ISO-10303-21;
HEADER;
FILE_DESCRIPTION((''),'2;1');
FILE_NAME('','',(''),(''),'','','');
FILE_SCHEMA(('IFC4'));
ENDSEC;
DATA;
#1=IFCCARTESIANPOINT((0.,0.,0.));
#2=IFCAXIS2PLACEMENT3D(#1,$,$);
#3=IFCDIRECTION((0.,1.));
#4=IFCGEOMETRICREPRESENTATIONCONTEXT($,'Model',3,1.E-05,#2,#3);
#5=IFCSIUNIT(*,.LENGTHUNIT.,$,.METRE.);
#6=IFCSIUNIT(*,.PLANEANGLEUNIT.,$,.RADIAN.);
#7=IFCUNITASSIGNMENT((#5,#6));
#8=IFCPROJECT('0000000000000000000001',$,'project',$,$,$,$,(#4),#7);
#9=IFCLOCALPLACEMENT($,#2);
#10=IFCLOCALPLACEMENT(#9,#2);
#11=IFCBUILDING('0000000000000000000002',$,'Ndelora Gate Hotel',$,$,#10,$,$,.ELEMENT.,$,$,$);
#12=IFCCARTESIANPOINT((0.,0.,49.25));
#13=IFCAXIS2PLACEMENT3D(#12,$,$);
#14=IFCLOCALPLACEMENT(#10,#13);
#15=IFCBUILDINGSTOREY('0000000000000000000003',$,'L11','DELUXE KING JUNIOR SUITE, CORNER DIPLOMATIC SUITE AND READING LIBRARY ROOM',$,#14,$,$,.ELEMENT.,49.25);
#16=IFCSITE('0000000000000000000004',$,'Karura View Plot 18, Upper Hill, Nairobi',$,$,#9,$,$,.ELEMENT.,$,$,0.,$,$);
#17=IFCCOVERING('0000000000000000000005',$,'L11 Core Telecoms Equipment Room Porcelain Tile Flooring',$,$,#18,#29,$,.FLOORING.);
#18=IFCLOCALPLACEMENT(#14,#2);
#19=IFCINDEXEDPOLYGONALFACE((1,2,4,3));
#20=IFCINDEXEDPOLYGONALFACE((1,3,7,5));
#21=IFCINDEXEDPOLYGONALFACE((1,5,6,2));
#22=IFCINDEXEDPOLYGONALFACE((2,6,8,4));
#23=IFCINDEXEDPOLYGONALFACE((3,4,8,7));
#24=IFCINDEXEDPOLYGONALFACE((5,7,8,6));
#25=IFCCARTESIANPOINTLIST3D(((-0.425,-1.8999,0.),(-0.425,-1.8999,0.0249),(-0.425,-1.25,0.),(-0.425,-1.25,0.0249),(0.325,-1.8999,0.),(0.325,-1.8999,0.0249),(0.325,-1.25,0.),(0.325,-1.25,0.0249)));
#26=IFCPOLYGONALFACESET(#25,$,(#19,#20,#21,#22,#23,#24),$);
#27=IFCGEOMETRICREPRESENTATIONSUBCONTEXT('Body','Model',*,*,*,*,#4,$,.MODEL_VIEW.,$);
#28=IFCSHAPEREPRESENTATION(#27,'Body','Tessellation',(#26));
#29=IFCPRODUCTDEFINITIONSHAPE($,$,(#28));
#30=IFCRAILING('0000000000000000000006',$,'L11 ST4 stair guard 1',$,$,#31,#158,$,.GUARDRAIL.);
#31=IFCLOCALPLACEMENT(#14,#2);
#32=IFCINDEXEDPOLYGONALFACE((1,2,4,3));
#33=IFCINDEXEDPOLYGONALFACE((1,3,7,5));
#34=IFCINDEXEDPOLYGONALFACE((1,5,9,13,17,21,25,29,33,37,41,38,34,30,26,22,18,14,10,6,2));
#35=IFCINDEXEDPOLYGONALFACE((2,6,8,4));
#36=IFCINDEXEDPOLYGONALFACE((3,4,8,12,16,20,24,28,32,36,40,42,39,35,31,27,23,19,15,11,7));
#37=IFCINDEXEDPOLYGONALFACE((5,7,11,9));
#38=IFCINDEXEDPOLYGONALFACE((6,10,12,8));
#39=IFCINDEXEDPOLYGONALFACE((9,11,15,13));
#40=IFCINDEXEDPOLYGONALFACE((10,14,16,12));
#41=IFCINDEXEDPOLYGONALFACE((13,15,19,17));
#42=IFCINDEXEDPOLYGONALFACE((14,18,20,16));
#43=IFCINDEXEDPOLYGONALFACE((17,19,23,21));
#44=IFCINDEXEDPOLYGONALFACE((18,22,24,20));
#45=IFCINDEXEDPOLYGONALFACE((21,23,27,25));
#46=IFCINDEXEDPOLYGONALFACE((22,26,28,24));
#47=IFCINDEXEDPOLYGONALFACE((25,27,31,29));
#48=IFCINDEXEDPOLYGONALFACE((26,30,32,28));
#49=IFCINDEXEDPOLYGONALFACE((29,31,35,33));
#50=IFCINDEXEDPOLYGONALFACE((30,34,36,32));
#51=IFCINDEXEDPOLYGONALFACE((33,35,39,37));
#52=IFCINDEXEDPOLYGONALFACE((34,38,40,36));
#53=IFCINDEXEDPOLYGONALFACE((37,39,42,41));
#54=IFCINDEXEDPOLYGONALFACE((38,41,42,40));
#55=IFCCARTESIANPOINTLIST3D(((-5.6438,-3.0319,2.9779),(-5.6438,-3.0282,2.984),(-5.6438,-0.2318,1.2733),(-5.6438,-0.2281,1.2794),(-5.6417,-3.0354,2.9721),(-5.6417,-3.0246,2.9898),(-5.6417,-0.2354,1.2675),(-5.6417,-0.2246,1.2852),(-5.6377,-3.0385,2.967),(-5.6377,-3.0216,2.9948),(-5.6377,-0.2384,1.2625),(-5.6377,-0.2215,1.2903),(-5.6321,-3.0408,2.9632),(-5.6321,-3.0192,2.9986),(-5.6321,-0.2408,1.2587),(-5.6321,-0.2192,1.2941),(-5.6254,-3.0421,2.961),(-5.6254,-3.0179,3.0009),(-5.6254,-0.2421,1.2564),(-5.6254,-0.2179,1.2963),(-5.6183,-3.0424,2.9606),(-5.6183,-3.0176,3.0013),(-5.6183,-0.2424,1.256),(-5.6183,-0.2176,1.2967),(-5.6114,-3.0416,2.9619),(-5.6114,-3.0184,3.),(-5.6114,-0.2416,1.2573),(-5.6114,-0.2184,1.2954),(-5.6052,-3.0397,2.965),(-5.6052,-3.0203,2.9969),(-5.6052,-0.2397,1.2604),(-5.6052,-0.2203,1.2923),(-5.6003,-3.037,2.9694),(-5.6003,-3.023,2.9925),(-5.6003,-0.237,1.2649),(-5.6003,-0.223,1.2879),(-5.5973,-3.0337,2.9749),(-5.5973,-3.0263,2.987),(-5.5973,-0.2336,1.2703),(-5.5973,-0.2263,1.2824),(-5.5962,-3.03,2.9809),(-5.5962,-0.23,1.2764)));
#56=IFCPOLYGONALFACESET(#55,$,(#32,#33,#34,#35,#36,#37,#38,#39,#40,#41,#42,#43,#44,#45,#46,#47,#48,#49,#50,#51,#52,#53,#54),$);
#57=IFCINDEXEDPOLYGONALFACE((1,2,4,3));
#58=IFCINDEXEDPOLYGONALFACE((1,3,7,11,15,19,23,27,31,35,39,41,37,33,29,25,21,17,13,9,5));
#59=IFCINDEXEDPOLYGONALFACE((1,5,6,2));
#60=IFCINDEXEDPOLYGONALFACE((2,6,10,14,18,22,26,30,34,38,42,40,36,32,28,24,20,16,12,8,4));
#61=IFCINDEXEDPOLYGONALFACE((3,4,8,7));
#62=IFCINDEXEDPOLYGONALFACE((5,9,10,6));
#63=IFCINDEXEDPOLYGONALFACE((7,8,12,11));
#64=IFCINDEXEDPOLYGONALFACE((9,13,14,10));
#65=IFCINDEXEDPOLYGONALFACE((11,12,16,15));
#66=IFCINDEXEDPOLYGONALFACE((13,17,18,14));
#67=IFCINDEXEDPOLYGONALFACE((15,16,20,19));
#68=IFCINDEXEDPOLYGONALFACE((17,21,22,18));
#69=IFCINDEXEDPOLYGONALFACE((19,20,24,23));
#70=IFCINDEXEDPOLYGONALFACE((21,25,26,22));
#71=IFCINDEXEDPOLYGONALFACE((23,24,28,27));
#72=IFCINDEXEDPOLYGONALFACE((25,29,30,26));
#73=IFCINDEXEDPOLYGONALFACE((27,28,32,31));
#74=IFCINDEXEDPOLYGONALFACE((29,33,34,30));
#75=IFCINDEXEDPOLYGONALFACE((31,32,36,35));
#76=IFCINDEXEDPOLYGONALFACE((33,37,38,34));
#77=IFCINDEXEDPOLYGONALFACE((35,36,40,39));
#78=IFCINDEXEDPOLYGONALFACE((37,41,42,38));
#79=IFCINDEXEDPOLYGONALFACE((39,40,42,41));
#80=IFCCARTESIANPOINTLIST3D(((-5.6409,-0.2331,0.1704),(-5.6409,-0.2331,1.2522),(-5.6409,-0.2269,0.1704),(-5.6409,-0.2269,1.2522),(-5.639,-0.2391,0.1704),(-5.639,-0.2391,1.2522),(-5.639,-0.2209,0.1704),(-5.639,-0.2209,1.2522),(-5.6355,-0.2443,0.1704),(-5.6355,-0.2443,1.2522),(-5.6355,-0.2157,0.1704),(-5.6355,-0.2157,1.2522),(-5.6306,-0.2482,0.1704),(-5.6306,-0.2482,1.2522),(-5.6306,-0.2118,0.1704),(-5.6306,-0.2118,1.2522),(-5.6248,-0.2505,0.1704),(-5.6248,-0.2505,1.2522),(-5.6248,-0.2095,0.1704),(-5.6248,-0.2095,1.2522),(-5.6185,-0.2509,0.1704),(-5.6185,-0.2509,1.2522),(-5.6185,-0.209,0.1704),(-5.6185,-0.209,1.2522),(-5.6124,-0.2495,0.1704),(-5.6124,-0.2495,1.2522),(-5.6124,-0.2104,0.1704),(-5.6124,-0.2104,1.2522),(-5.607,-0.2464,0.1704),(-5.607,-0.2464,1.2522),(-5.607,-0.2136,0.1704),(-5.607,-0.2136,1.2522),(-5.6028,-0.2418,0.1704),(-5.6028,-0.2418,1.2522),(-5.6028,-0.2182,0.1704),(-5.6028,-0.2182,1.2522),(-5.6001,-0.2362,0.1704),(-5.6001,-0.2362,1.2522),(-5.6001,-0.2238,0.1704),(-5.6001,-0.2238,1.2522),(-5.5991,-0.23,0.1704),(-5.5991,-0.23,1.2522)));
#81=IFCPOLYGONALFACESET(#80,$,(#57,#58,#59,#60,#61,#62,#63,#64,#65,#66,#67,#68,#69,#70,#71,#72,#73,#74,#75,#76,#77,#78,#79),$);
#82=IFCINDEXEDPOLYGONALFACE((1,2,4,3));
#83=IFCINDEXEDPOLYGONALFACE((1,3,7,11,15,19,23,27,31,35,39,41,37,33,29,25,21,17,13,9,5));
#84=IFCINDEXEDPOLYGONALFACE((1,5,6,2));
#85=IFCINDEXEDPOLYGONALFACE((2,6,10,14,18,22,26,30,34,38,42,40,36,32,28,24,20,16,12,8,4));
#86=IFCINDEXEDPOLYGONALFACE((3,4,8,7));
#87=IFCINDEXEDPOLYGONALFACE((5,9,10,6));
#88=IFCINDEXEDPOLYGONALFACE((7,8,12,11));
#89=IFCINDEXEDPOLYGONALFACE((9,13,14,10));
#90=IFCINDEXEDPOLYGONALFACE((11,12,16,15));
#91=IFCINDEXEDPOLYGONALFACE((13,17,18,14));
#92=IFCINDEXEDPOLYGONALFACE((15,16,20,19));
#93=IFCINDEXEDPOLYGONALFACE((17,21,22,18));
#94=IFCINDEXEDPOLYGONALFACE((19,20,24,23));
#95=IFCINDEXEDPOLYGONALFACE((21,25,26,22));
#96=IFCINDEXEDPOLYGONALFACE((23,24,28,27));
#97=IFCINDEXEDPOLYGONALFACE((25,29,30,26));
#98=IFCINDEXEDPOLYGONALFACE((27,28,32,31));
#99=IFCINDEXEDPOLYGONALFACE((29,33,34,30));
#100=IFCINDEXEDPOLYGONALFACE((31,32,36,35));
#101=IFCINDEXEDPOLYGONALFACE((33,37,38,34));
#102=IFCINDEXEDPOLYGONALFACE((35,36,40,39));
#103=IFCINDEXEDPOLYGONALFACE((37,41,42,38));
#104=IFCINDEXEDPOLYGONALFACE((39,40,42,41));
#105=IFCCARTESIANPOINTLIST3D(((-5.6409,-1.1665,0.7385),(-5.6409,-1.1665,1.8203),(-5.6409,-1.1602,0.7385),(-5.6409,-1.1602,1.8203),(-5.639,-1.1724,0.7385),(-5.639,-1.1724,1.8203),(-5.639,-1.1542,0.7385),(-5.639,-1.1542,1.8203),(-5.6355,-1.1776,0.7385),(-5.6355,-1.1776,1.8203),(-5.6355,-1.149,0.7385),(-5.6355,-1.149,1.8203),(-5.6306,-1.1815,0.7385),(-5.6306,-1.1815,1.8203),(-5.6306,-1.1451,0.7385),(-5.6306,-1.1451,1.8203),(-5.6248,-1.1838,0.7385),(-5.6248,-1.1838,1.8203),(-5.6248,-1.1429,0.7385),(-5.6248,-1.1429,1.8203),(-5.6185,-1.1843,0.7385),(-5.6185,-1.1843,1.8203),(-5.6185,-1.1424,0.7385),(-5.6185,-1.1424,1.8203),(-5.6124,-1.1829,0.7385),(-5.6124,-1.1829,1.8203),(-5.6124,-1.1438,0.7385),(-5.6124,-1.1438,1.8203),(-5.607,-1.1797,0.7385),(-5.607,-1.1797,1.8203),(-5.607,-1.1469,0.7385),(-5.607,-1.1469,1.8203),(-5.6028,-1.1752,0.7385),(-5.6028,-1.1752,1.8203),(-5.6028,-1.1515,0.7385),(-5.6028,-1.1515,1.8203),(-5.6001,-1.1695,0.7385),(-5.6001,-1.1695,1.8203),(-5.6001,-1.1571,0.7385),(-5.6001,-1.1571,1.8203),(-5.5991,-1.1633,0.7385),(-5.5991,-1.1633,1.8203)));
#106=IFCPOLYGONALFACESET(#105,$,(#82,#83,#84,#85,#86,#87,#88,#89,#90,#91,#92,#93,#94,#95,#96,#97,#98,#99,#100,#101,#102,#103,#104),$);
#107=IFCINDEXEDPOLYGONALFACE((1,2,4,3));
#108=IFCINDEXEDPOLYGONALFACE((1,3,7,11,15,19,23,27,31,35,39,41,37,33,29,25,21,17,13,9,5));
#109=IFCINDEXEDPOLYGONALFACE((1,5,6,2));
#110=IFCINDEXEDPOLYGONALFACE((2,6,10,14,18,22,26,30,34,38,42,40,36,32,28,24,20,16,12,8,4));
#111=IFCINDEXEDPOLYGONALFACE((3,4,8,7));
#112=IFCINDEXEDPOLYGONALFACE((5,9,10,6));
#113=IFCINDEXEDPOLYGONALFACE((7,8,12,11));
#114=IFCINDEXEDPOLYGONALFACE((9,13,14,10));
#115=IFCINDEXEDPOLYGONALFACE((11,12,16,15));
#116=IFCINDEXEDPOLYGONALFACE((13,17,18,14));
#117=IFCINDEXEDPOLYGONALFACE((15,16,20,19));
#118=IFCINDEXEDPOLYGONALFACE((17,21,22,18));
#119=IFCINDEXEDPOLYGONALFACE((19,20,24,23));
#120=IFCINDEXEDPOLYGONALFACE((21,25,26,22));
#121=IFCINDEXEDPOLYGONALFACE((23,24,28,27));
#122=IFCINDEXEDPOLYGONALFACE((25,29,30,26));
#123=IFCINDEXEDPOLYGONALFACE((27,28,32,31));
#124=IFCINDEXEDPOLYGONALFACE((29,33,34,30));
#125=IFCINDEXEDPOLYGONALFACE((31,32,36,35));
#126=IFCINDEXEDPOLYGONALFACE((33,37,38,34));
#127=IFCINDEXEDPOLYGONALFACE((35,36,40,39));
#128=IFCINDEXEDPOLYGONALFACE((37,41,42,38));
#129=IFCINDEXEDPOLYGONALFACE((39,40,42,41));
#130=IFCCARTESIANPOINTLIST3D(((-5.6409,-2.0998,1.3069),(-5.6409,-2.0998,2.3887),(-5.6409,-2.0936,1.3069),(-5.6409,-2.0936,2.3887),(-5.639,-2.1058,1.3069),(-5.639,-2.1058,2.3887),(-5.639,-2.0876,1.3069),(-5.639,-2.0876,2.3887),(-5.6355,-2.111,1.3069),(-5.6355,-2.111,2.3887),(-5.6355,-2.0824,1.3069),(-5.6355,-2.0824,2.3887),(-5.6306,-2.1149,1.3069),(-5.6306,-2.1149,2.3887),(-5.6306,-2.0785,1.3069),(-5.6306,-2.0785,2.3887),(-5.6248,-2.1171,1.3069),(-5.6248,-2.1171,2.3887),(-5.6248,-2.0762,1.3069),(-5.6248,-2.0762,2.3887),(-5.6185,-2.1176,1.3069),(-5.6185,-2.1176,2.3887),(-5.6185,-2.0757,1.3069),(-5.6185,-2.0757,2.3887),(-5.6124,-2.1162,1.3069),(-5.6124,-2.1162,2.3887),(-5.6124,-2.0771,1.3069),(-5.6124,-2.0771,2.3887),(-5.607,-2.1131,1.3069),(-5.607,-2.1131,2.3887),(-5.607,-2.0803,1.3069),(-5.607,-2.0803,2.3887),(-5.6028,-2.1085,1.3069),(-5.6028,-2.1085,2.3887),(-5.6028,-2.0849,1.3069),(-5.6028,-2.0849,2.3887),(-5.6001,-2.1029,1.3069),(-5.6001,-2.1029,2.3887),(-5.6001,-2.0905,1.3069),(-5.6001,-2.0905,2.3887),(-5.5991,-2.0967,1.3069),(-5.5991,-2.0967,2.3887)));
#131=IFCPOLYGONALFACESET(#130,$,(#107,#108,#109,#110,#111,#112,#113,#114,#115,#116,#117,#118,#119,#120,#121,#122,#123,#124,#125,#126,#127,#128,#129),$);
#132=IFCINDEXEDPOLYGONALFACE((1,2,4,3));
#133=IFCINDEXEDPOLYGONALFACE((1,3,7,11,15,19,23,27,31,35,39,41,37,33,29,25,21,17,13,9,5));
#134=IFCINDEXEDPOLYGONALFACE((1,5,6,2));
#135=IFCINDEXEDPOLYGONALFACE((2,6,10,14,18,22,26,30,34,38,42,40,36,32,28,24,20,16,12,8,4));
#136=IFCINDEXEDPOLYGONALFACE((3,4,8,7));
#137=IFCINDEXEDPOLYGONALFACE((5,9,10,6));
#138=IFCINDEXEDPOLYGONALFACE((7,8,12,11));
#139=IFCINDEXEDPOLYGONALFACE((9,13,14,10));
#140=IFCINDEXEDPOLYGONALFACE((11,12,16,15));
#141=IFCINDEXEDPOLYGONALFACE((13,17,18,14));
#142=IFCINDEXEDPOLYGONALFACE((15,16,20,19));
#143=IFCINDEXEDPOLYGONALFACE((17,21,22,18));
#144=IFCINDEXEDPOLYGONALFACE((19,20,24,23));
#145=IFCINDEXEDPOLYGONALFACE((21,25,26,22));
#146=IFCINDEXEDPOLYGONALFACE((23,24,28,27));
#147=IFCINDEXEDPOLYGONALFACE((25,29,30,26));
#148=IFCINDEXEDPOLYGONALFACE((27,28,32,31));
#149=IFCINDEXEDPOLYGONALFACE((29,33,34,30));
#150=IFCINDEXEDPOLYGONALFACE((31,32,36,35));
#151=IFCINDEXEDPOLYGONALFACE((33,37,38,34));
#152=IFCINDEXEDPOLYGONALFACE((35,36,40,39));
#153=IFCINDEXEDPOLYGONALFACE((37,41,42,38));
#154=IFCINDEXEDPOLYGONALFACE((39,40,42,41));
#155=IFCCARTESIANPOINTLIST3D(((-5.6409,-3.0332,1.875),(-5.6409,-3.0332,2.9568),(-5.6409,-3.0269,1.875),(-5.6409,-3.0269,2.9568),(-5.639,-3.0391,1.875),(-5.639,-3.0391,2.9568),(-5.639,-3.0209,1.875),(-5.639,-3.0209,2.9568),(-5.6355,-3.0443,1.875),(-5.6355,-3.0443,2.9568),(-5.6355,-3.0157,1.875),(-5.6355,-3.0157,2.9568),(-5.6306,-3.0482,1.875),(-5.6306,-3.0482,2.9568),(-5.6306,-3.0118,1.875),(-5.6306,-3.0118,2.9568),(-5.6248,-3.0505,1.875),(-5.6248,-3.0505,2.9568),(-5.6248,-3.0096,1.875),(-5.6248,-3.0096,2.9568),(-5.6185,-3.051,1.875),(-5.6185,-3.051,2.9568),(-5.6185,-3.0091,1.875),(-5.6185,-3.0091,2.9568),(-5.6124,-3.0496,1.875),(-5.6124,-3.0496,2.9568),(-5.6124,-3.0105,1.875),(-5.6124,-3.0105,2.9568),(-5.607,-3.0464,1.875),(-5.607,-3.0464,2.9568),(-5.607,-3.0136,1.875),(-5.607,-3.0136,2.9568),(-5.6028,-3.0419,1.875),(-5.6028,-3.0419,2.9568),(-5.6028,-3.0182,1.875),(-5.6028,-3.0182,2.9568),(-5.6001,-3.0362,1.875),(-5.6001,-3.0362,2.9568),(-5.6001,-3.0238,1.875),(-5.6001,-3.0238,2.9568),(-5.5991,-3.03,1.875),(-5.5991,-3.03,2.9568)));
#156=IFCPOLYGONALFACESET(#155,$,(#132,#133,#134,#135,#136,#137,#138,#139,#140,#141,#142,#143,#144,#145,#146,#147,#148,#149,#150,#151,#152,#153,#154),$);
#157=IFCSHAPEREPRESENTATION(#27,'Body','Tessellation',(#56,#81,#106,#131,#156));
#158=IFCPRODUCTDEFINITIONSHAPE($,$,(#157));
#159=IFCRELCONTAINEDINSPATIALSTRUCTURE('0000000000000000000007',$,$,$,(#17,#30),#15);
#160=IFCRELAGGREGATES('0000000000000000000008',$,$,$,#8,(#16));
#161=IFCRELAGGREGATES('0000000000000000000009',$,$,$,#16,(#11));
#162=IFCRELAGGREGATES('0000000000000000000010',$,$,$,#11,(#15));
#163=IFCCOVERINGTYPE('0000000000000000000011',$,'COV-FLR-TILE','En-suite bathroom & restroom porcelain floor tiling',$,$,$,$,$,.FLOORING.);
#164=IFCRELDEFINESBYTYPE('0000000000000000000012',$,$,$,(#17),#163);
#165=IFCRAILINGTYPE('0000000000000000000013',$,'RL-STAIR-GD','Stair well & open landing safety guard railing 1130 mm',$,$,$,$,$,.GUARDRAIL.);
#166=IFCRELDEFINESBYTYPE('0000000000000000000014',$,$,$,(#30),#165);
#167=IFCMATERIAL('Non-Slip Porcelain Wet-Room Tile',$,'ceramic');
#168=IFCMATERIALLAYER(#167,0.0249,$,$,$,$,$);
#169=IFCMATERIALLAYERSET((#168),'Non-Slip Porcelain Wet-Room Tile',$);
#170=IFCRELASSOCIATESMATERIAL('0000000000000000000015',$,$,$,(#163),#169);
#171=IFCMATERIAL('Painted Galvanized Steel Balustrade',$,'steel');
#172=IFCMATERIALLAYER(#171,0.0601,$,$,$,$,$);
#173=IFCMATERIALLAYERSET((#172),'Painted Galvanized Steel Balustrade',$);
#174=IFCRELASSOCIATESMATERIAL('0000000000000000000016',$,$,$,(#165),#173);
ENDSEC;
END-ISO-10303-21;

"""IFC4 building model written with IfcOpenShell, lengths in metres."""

from ifc_helpers import new_model, si_unit, direction, frame, origin, origin_2d, place, context, subcontext, project, spatial, rectangle, circle, extrude, material, layer, layer_set, type_object, element, save


model = new_model("IFC4")

# Units and contexts
model_context = context("Model", 3, precision=1e-05, world=origin(), true_north=direction((0.0, 1.0)))
body_context = subcontext(model_context, "Body", "Model", "MODEL_VIEW")
ifc_project = project(units=[si_unit("LENGTHUNIT", "METRE"), si_unit("PLANEANGLEUNIT", "RADIAN")], contexts=[model_context])

# Site, building, storey
site_placement = place(None, origin())
site = spatial("IfcSite", under=ifc_project, at=site_placement, Name="Karura View Plot 18, Upper Hill, Nairobi", CompositionType="ELEMENT", RefElevation=0.0)
building_placement = place(site_placement, origin())
building = spatial("IfcBuilding", under=site, at=building_placement, Name="Ndelora Gate Hotel", CompositionType="ELEMENT")
storey_placement = place(building_placement, frame((0.0, 0.0, 49.25)))
storey = spatial("IfcBuildingStorey", under=building, at=storey_placement, Name="L11", Description="DELUXE KING JUNIOR SUITE, CORNER DIPLOMATIC SUITE AND READING LIBRARY ROOM", CompositionType="ELEMENT", Elevation=49.25)

# Covering
ifc_material_1 = material(Name="Non-Slip Porcelain Wet-Room Tile", Category="ceramic")
ifc_layer_1 = layer(ifc_material_1, 0.0249)
ifc_layer_set_1 = layer_set([ifc_layer_1], Name="Non-Slip Porcelain Wet-Room Tile")
covering_type = type_object("IfcCoveringType", Name="COV-FLR-TILE", Description="En-suite bathroom & restroom porcelain floor tiling", PredefinedType="FLOORING", material=ifc_layer_set_1)
for number, where, z_axis, x_axis, name in (
    (1, (-0.05, -1.575, 0.0), (0.0, 0.0, 1.0), (1.0, 0.0, 0.0), "L11 Core Telecoms Equipment Room Porcelain Tile Flooring"),
):
    element("IfcCovering", number, at=place(storey_placement, frame(where, z_axis=z_axis, x_axis=x_axis)), inside=storey, type_object=covering_type, Name=name, PredefinedType="FLOORING", context=body_context, shape_type="SweptSolid", body=[
        extrude(rectangle(XDim=0.75, YDim=0.6499, at=origin_2d()), origin(), (0.0, 0.0, 1.0), 0.0249),
    ])

# Railing
ifc_material_2 = material(Name="Painted Galvanized Steel Balustrade", Category="steel")
ifc_layer_2 = layer(ifc_material_2, 0.0601)
ifc_layer_set_2 = layer_set([ifc_layer_2], Name="Painted Galvanized Steel Balustrade")
railing_type_1 = type_object("IfcRailingType", Name="RL-STAIR-GD", Description="Stair well & open landing safety guard railing 1130 mm", PredefinedType="GUARDRAIL", material=ifc_layer_set_2)
railing_1_placement = place(storey_placement, frame((-5.6201, -0.23, 0.1704)))
element("IfcRailing", 2, at=railing_1_placement, inside=storey, type_object=railing_type_1, Name="L11 ST4 stair guard 1", PredefinedType="GUARDRAIL", context=body_context, shape_type="SweptSolid", body=[
    extrude(circle(Radius=0.0239, at=origin_2d()), frame((0.0, 0.0, 1.106), z_axis=(0.0, -0.85417, 0.519994), x_axis=(1.0, 0.0, 0.0)), (0.0, 0.0, 1.0), 3.2781),
    extrude(circle(Radius=0.021, at=origin_2d()), origin(), (0.0, 0.0, 1.0), 1.0818),
    extrude(circle(Radius=0.021, at=origin_2d()), frame((0.0, -0.9333, 0.5681)), (0.0, 0.0, 1.0), 1.0818),
    extrude(circle(Radius=0.021, at=origin_2d()), frame((0.0, -1.8667, 1.1365)), (0.0, 0.0, 1.0), 1.0818),
    extrude(circle(Radius=0.021, at=origin_2d()), frame((0.0, -2.8, 1.7046)), (0.0, 0.0, 1.0), 1.0818),
])

save(model, "model.ifc")
